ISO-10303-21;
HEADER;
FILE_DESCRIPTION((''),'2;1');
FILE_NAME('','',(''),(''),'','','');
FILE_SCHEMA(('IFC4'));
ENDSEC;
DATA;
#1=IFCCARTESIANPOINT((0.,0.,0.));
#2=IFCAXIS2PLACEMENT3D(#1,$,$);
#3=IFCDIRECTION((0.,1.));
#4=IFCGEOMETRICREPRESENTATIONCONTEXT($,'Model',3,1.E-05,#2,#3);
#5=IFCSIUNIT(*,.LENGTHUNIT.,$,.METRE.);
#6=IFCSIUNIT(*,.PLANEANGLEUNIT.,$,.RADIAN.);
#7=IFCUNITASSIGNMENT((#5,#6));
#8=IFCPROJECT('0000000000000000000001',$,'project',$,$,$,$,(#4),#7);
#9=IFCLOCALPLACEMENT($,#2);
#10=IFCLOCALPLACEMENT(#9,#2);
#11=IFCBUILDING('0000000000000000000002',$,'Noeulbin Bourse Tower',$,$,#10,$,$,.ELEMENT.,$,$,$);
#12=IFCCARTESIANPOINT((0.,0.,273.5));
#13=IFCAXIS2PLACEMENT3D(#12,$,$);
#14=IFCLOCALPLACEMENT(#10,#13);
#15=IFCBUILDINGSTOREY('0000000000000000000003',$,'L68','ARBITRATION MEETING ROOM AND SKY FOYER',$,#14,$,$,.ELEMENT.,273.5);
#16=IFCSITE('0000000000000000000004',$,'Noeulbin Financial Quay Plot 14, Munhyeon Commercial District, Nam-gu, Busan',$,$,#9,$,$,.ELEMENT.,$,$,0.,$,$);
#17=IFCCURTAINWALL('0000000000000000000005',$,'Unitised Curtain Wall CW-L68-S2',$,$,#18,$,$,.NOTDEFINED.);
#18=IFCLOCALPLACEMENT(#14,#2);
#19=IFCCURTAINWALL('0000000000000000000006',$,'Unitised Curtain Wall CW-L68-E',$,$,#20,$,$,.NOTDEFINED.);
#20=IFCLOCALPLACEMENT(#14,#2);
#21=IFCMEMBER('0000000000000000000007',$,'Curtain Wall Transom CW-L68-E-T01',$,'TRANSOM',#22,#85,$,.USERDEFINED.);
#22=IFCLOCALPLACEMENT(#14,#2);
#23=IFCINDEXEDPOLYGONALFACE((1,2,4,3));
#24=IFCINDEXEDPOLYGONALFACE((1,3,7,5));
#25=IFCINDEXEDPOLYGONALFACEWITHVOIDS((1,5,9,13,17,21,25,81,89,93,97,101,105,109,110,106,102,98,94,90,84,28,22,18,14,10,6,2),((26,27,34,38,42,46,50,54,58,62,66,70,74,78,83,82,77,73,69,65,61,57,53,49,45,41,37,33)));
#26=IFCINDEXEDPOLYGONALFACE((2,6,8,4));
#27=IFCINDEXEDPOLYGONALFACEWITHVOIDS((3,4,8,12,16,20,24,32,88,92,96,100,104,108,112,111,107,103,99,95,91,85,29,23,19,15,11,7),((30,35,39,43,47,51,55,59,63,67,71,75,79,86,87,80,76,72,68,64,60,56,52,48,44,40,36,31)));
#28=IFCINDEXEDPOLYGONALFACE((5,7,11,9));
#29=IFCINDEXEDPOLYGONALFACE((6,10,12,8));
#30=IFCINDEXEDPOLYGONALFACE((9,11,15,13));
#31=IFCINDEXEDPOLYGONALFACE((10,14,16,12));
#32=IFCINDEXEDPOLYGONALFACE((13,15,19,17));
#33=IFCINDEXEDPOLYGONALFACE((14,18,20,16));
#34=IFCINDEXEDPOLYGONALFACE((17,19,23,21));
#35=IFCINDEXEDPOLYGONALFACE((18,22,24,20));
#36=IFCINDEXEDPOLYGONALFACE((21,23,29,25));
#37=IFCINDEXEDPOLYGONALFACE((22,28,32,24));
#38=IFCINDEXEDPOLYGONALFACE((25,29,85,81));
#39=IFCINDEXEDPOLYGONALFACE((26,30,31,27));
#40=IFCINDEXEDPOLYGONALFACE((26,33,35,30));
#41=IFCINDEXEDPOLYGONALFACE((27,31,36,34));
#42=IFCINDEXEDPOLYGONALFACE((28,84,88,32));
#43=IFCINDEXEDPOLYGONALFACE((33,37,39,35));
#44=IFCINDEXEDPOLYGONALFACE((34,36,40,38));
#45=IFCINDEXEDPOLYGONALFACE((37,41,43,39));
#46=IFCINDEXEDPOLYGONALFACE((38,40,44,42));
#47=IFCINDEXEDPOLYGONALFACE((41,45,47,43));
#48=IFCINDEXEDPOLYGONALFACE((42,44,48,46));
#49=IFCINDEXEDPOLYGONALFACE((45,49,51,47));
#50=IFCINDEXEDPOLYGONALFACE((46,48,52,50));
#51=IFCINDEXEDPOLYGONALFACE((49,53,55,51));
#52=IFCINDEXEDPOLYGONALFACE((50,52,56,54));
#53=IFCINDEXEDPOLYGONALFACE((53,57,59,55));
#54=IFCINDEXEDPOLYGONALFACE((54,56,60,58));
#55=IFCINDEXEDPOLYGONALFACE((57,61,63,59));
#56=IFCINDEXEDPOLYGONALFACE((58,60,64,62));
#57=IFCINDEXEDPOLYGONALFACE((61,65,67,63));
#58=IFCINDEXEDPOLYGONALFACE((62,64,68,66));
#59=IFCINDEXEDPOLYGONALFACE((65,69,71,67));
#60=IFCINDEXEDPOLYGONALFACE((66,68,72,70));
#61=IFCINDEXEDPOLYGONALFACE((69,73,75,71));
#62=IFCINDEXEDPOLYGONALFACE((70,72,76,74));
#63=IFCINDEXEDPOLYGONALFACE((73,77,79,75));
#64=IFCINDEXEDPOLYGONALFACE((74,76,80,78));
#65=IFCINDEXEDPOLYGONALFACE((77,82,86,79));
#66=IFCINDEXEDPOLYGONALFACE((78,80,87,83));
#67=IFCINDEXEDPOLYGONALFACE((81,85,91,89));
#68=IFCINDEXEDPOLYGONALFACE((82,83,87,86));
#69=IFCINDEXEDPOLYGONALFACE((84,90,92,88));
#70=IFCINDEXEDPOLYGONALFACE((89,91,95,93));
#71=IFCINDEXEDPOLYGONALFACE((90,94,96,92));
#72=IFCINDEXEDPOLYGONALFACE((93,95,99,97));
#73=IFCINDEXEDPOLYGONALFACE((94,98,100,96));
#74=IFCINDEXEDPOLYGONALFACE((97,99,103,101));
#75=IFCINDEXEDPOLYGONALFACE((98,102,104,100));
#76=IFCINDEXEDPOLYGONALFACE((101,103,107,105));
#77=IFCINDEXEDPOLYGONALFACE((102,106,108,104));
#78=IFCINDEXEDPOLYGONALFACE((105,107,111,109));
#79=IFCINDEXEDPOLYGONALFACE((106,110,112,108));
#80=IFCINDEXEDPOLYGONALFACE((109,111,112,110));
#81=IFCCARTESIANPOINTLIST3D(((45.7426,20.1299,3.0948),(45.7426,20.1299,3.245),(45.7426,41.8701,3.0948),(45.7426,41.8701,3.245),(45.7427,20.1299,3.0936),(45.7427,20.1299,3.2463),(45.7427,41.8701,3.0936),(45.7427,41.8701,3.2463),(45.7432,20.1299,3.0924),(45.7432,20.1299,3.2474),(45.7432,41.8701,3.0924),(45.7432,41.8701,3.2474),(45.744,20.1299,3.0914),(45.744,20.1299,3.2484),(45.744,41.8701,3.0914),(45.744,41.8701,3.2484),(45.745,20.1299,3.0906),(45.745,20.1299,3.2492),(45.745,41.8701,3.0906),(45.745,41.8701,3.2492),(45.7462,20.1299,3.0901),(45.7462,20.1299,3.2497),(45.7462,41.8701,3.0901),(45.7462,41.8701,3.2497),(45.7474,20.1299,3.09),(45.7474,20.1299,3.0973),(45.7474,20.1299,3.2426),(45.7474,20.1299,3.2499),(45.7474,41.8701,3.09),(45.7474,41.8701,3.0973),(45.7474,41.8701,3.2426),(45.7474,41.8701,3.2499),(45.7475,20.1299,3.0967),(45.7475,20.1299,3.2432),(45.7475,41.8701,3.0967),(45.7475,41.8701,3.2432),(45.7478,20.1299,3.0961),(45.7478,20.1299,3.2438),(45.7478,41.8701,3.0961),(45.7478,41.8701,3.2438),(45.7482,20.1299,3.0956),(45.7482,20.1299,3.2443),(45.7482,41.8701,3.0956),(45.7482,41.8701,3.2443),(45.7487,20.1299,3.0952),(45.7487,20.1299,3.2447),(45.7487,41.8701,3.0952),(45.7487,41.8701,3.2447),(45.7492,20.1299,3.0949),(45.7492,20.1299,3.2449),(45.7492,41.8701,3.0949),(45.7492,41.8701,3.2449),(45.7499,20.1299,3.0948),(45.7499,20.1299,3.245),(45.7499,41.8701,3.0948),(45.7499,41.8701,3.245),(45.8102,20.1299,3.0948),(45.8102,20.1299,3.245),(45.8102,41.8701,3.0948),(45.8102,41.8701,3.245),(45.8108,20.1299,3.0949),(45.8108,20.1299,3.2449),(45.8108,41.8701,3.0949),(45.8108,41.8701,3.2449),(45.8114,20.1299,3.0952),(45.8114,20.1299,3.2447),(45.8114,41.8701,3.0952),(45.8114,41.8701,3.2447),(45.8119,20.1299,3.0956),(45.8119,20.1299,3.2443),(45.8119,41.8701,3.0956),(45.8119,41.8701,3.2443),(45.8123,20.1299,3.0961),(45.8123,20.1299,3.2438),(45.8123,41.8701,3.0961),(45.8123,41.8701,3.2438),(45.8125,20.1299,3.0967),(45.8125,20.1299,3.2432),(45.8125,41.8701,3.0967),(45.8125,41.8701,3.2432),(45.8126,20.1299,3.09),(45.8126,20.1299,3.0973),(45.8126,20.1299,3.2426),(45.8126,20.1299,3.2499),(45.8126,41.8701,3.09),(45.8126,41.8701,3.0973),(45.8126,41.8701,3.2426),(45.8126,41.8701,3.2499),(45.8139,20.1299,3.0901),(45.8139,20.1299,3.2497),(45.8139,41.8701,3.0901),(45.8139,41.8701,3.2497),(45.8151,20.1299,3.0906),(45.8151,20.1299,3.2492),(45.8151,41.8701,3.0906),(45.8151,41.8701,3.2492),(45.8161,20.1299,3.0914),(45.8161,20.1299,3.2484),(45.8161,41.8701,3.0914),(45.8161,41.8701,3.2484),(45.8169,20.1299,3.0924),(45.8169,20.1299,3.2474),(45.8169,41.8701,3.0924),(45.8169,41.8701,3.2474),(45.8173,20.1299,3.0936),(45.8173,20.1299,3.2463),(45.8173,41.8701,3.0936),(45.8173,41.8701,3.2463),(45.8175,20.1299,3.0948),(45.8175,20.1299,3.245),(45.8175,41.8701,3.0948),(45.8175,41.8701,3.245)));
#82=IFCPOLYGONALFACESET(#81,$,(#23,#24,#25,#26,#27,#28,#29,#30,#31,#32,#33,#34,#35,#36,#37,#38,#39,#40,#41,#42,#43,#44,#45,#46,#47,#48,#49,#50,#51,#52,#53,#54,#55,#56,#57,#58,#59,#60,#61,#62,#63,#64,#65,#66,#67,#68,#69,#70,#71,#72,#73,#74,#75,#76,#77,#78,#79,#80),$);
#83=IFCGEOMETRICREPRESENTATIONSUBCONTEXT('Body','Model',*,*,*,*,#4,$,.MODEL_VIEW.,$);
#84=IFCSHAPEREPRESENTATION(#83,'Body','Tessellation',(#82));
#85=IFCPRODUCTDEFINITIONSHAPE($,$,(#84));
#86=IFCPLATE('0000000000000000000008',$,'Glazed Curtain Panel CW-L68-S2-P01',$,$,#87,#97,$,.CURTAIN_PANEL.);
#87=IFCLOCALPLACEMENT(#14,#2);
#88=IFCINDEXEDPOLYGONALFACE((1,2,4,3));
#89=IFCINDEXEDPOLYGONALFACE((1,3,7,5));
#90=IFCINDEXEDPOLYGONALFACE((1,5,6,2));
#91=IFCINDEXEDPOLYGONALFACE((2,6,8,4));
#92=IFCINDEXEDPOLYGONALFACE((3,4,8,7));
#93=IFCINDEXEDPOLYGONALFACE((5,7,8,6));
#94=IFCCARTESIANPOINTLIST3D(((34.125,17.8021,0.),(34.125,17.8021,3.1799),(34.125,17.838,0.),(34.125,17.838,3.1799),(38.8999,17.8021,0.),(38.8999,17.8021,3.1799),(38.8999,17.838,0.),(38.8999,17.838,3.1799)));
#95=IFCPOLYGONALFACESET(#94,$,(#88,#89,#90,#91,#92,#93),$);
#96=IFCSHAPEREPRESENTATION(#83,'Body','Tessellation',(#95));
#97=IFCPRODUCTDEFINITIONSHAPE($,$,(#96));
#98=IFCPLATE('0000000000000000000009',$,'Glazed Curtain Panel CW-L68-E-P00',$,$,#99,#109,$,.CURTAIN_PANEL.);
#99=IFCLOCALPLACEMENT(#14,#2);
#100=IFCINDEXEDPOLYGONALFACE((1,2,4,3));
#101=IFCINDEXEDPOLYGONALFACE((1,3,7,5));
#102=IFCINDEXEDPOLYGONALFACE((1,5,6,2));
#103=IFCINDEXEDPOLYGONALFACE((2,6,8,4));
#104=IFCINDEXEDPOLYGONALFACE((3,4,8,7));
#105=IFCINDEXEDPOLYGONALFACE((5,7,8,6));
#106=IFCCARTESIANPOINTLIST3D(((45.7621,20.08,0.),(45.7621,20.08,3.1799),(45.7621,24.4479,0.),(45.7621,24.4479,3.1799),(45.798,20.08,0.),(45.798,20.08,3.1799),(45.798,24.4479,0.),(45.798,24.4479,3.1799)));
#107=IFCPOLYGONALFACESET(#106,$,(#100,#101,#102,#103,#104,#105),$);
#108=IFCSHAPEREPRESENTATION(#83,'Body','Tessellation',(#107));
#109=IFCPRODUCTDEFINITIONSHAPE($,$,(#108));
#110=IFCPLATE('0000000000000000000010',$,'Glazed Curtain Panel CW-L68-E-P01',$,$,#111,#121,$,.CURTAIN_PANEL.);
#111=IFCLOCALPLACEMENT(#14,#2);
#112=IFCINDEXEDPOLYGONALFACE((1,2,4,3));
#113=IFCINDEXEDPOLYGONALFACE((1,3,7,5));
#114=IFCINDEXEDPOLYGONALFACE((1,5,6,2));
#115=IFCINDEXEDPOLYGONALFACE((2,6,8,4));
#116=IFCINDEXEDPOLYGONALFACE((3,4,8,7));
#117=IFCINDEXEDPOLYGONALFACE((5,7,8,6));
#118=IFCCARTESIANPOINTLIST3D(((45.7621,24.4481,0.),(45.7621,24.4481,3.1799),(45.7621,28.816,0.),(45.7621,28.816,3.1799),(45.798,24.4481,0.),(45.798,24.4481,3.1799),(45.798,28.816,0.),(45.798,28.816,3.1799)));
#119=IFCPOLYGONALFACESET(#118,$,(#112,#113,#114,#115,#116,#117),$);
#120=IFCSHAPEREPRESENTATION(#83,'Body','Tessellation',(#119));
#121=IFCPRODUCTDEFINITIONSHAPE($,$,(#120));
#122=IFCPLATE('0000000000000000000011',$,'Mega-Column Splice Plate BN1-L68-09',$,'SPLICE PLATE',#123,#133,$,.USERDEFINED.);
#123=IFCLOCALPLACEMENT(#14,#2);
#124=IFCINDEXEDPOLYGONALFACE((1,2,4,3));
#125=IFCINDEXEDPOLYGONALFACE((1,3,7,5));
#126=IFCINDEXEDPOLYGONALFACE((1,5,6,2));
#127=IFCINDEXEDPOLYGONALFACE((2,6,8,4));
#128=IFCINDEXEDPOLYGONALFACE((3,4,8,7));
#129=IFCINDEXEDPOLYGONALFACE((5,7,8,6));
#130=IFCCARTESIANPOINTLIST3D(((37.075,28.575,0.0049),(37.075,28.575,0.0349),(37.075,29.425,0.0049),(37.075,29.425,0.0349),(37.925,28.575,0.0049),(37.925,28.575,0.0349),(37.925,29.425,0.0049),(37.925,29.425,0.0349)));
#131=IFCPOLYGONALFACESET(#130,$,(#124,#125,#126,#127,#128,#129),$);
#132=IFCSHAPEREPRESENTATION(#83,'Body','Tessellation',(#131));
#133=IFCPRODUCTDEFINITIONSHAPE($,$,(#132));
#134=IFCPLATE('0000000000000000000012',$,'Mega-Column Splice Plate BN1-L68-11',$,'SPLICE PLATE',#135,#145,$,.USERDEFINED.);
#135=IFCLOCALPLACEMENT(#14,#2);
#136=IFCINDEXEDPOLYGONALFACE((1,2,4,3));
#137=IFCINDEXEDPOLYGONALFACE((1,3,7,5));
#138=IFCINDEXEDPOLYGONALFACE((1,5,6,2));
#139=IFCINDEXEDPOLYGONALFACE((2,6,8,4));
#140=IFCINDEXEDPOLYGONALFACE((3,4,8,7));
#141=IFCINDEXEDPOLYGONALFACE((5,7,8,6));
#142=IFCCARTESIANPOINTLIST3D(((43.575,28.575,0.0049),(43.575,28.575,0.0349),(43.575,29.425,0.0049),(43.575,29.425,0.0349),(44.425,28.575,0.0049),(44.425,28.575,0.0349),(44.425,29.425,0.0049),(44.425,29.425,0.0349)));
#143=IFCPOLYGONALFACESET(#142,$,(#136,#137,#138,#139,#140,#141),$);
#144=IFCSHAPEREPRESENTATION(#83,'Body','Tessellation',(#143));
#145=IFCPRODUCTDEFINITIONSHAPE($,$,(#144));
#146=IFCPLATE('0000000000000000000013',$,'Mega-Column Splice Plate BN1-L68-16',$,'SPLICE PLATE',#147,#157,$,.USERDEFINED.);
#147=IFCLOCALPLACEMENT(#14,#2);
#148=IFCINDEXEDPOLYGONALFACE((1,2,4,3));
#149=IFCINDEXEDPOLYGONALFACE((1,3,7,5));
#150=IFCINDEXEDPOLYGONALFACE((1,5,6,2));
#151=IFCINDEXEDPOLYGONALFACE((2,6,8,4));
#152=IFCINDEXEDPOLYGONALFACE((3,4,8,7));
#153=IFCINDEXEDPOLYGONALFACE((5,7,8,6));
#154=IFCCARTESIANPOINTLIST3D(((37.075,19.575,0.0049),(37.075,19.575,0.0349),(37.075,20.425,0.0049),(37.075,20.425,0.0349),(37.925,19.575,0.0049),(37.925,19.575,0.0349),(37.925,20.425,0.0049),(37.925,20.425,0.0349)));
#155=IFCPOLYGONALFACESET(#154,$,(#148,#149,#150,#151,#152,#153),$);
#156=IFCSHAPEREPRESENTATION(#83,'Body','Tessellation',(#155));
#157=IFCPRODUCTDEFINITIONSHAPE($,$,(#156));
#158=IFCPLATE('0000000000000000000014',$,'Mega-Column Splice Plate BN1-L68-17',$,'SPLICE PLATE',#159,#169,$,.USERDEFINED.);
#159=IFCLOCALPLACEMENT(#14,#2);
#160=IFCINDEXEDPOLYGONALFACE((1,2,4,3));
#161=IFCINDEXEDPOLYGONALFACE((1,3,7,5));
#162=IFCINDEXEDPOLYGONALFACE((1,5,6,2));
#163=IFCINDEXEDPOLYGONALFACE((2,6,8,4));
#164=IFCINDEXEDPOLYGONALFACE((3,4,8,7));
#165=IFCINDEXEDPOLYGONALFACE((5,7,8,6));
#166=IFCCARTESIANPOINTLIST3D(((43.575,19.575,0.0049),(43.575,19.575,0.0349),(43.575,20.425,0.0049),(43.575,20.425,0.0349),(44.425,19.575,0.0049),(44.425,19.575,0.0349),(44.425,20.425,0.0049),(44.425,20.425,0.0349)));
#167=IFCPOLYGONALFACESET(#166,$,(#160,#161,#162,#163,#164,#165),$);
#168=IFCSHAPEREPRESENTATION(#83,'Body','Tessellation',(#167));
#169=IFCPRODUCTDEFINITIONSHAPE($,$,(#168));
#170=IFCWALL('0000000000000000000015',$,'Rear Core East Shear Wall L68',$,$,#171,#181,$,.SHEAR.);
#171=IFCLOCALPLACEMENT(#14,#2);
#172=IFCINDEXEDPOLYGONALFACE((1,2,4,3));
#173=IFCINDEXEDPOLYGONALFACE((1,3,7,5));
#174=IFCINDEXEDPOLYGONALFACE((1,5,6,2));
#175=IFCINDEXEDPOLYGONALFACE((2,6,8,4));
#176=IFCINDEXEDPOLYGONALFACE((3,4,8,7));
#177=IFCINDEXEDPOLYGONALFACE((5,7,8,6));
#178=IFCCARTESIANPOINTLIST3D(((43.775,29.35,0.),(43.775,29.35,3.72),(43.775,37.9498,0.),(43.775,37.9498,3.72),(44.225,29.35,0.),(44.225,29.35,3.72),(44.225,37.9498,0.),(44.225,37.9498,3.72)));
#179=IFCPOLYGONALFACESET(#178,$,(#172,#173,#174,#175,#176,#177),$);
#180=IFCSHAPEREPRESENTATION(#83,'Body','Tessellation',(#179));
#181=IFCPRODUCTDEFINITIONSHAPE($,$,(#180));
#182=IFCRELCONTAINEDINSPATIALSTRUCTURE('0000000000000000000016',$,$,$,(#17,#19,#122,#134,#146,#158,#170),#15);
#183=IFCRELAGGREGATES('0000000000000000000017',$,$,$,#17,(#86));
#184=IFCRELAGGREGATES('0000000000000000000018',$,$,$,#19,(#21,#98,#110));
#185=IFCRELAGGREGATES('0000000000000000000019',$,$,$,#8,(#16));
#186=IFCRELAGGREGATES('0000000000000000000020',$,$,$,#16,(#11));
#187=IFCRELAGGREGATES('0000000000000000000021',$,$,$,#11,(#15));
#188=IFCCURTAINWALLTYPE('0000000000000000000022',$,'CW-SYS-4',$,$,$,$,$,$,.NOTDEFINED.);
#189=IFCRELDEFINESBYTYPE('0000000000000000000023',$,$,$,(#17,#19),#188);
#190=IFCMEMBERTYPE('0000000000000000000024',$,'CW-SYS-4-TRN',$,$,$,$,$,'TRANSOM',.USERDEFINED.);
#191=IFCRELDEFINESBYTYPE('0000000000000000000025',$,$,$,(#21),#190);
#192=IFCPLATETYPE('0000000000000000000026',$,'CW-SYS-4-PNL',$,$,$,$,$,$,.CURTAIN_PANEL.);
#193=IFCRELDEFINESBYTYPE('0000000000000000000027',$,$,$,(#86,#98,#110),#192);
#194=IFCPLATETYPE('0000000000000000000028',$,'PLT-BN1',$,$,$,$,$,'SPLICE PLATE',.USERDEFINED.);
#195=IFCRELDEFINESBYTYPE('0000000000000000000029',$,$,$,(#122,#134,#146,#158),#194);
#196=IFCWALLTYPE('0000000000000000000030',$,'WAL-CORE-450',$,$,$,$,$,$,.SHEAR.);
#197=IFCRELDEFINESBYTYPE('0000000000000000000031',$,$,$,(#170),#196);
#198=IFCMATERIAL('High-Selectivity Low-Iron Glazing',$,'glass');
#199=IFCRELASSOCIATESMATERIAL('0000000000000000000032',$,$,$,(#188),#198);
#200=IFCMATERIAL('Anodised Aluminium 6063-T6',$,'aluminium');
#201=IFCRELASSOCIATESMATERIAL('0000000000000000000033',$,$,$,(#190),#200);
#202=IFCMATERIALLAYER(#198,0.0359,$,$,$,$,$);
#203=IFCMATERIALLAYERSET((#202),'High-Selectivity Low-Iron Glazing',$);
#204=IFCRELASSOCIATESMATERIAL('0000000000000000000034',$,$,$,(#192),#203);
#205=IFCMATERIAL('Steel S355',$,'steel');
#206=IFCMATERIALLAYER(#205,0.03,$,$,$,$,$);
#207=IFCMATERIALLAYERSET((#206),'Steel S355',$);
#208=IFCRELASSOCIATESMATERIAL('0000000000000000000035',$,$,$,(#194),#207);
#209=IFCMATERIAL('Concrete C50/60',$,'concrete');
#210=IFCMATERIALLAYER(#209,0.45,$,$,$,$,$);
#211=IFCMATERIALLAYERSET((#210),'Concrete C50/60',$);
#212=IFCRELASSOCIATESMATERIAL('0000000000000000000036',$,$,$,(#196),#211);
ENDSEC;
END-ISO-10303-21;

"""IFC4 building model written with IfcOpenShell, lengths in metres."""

from ifc_helpers import new_model, si_unit, direction, frame, frame_2d, origin, origin_2d, place, context, subcontext, project, spatial, rectangle, hollow_rectangle, extrude, material, layer, layer_set, material_profile, profile_set, type_object, element, aggregate, save


model = new_model("IFC4")

# Units and contexts
model_context = context("Model", 3, precision=1e-05, world=origin(), true_north=direction((0.0, 1.0)))
body_context = subcontext(model_context, "Body", "Model", "MODEL_VIEW")
ifc_project = project(units=[si_unit("LENGTHUNIT", "METRE"), si_unit("PLANEANGLEUNIT", "RADIAN")], contexts=[model_context])

# Site, building, storey
site_placement = place(None, origin())
site = spatial("IfcSite", under=ifc_project, at=site_placement, Name="Noeulbin Financial Quay Plot 14, Munhyeon Commercial District, Nam-gu, Busan", CompositionType="ELEMENT", RefElevation=0.0)
building_placement = place(site_placement, origin())
building = spatial("IfcBuilding", under=site, at=building_placement, Name="Noeulbin Bourse Tower", CompositionType="ELEMENT")
storey_placement = place(building_placement, frame((0.0, 0.0, 273.5)))
storey = spatial("IfcBuildingStorey", under=building, at=storey_placement, Name="L68", Description="ARBITRATION MEETING ROOM AND SKY FOYER", CompositionType="ELEMENT", Elevation=273.5)

# Shared definitions
ifc_material_1 = material(Name="Steel S355", Category="steel")

# Curtain wall
ifc_material_2 = material(Name="High-Selectivity Low-Iron Glazing", Category="glass")
curtain_wall_type = type_object("IfcCurtainWallType", Name="CW-SYS-4", PredefinedType="NOTDEFINED", material=ifc_material_2)
curtain_wall_1_placement = place(storey_placement, origin())
curtain_wall_1 = element("IfcCurtainWall", 1, at=curtain_wall_1_placement, inside=storey, type_object=curtain_wall_type, Name="Unitised Curtain Wall CW-L68-S2", PredefinedType="NOTDEFINED")
ifc_material_3 = material(Name="Anodised Aluminium 6063-T6", Category="aluminium")

# Curtain wall, member
curtain_wall_2_placement = place(storey_placement, origin())
curtain_wall_2 = element("IfcCurtainWall", 2, at=curtain_wall_2_placement, inside=storey, type_object=curtain_wall_type, Name="Unitised Curtain Wall CW-L68-E", PredefinedType="NOTDEFINED")
ifc_material_profile_1 = material_profile(ifc_material_3, hollow_rectangle(XDim=0.075, YDim=0.1599, WallThickness=0.0049, InnerFilletRadius=0.0024, OuterFilletRadius=0.0049, at=origin_2d()), Name="ALU-TRAN-75x160x5", Category="LoadBearing")
ifc_profile_set_1 = profile_set([ifc_material_profile_1], Name="Anodised Aluminium 6063-T6")
member_type_1 = type_object("IfcMemberType", Name="CW-SYS-4-TRN", ElementType="TRANSOM", PredefinedType="USERDEFINED", material=ifc_profile_set_1)
member_1_placement = place(storey_placement, frame((45.78, 20.1299, 3.1699), z_axis=(0.0, 1.0, 0.0), x_axis=(-1.0, 0.0, 0.0)))
member_1 = element("IfcMember", 3, at=member_1_placement, type_object=member_type_1, Name="Curtain Wall Transom CW-L68-E-T01", ObjectType="TRANSOM", PredefinedType="USERDEFINED", context=body_context, shape_type="SweptSolid", body=[
    extrude(hollow_rectangle(XDim=0.075, YDim=0.1599, WallThickness=0.0049, InnerFilletRadius=0.0024, OuterFilletRadius=0.0049, at=origin_2d()), origin(), (0.0, 0.0, 1.0), 21.7402),
])

# Plates
ifc_layer_1 = layer(ifc_material_2, 0.0359)
ifc_layer_set_1 = layer_set([ifc_layer_1], Name="High-Selectivity Low-Iron Glazing")
plate_type_1 = type_object("IfcPlateType", Name="CW-SYS-4-PNL", PredefinedType="CURTAIN_PANEL", material=ifc_layer_set_1)
plate_1_placement = place(storey_placement, frame((36.5125, 17.8201, 0.0), z_axis=(0.0, 0.0, 1.0), x_axis=(1.0, 0.0, 0.0)))
plate_1 = element("IfcPlate", 4, at=plate_1_placement, type_object=plate_type_1, Name="Glazed Curtain Panel CW-L68-S2-P01", PredefinedType="CURTAIN_PANEL", context=body_context, shape_type="SweptSolid", body=[
    extrude(rectangle(XDim=4.7749, YDim=0.0359, at=origin_2d()), origin(), (0.0, 0.0, 1.0), 3.1799),
])
aggregate(curtain_wall_1, [plate_1])
plate_2_placement = place(storey_placement, frame((45.78, 22.2639, 0.0), z_axis=(0.0, 0.0, 1.0), x_axis=(0.0, 1.0, 0.0)))
plate_2 = element("IfcPlate", 5, at=plate_2_placement, type_object=plate_type_1, Name="Glazed Curtain Panel CW-L68-E-P00", PredefinedType="CURTAIN_PANEL", context=body_context, shape_type="SweptSolid", body=[
    extrude(rectangle(XDim=4.3679, YDim=0.0359, at=origin_2d()), origin(), (0.0, 0.0, 1.0), 3.1799),
])
plate_3_placement = place(storey_placement, frame((45.78, 26.6321, 0.0), z_axis=(0.0, 0.0, 1.0), x_axis=(0.0, 1.0, 0.0)))
plate_3 = element("IfcPlate", 6, at=plate_3_placement, type_object=plate_type_1, Name="Glazed Curtain Panel CW-L68-E-P01", PredefinedType="CURTAIN_PANEL", context=body_context, shape_type="SweptSolid", body=[
    extrude(rectangle(XDim=4.3679, YDim=0.0359, at=origin_2d()), origin(), (0.0, 0.0, 1.0), 3.1799),
])
aggregate(curtain_wall_2, [member_1, plate_2, plate_3])

# Plates
ifc_layer_2 = layer(ifc_material_1, 0.03)
ifc_layer_set_2 = layer_set([ifc_layer_2], Name="Steel S355")
plate_type_2 = type_object("IfcPlateType", Name="PLT-BN1", ElementType="SPLICE PLATE", PredefinedType="USERDEFINED", material=ifc_layer_set_2)
for number, where, z_axis, x_axis, name in (
    (7, (37.5, 29.0, 0.0049), (0.0, 0.0, 1.0), (1.0, 0.0, 0.0), "Mega-Column Splice Plate BN1-L68-09"),
    (8, (44.0, 29.0, 0.0049), (0.0, 0.0, 1.0), (1.0, 0.0, 0.0), "Mega-Column Splice Plate BN1-L68-11"),
    (9, (37.5, 20.0, 0.0049), (0.0, 0.0, 1.0), (1.0, 0.0, 0.0), "Mega-Column Splice Plate BN1-L68-16"),
    (10, (44.0, 20.0, 0.0049), (0.0, 0.0, 1.0), (1.0, 0.0, 0.0), "Mega-Column Splice Plate BN1-L68-17"),
):
    element("IfcPlate", number, at=place(storey_placement, frame(where, z_axis=z_axis, x_axis=x_axis)), inside=storey, type_object=plate_type_2, Name=name, ObjectType="SPLICE PLATE", PredefinedType="USERDEFINED", context=body_context, shape_type="SweptSolid", body=[
        extrude(rectangle(XDim=0.8501, YDim=0.8501, at=origin_2d()), origin(), (0.0, 0.0, 1.0), 0.03),
    ])

# Wall
ifc_material_4 = material(Name="Concrete C50/60", Category="concrete")
ifc_layer_3 = layer(ifc_material_4, 0.45)
ifc_layer_set_3 = layer_set([ifc_layer_3], Name="Concrete C50/60")
wall_type_1 = type_object("IfcWallType", Name="WAL-CORE-450", PredefinedType="SHEAR", material=ifc_layer_set_3)
wall_1_placement = place(storey_placement, frame((44.0, 29.3501, 0.0), z_axis=(0.0, 0.0, 1.0), x_axis=(0.0, 1.0, 0.0)))
element("IfcWall", 11, at=wall_1_placement, inside=storey, type_object=wall_type_1, Name="Rear Core East Shear Wall L68", PredefinedType="SHEAR", context=body_context, shape_type="SweptSolid", body=[
    extrude(rectangle(XDim=8.5999, YDim=0.45, at=frame_2d((4.2998, 0.0))), origin(), (0.0, 0.0, 1.0), 3.72),
])

save(model, "model.ifc")
